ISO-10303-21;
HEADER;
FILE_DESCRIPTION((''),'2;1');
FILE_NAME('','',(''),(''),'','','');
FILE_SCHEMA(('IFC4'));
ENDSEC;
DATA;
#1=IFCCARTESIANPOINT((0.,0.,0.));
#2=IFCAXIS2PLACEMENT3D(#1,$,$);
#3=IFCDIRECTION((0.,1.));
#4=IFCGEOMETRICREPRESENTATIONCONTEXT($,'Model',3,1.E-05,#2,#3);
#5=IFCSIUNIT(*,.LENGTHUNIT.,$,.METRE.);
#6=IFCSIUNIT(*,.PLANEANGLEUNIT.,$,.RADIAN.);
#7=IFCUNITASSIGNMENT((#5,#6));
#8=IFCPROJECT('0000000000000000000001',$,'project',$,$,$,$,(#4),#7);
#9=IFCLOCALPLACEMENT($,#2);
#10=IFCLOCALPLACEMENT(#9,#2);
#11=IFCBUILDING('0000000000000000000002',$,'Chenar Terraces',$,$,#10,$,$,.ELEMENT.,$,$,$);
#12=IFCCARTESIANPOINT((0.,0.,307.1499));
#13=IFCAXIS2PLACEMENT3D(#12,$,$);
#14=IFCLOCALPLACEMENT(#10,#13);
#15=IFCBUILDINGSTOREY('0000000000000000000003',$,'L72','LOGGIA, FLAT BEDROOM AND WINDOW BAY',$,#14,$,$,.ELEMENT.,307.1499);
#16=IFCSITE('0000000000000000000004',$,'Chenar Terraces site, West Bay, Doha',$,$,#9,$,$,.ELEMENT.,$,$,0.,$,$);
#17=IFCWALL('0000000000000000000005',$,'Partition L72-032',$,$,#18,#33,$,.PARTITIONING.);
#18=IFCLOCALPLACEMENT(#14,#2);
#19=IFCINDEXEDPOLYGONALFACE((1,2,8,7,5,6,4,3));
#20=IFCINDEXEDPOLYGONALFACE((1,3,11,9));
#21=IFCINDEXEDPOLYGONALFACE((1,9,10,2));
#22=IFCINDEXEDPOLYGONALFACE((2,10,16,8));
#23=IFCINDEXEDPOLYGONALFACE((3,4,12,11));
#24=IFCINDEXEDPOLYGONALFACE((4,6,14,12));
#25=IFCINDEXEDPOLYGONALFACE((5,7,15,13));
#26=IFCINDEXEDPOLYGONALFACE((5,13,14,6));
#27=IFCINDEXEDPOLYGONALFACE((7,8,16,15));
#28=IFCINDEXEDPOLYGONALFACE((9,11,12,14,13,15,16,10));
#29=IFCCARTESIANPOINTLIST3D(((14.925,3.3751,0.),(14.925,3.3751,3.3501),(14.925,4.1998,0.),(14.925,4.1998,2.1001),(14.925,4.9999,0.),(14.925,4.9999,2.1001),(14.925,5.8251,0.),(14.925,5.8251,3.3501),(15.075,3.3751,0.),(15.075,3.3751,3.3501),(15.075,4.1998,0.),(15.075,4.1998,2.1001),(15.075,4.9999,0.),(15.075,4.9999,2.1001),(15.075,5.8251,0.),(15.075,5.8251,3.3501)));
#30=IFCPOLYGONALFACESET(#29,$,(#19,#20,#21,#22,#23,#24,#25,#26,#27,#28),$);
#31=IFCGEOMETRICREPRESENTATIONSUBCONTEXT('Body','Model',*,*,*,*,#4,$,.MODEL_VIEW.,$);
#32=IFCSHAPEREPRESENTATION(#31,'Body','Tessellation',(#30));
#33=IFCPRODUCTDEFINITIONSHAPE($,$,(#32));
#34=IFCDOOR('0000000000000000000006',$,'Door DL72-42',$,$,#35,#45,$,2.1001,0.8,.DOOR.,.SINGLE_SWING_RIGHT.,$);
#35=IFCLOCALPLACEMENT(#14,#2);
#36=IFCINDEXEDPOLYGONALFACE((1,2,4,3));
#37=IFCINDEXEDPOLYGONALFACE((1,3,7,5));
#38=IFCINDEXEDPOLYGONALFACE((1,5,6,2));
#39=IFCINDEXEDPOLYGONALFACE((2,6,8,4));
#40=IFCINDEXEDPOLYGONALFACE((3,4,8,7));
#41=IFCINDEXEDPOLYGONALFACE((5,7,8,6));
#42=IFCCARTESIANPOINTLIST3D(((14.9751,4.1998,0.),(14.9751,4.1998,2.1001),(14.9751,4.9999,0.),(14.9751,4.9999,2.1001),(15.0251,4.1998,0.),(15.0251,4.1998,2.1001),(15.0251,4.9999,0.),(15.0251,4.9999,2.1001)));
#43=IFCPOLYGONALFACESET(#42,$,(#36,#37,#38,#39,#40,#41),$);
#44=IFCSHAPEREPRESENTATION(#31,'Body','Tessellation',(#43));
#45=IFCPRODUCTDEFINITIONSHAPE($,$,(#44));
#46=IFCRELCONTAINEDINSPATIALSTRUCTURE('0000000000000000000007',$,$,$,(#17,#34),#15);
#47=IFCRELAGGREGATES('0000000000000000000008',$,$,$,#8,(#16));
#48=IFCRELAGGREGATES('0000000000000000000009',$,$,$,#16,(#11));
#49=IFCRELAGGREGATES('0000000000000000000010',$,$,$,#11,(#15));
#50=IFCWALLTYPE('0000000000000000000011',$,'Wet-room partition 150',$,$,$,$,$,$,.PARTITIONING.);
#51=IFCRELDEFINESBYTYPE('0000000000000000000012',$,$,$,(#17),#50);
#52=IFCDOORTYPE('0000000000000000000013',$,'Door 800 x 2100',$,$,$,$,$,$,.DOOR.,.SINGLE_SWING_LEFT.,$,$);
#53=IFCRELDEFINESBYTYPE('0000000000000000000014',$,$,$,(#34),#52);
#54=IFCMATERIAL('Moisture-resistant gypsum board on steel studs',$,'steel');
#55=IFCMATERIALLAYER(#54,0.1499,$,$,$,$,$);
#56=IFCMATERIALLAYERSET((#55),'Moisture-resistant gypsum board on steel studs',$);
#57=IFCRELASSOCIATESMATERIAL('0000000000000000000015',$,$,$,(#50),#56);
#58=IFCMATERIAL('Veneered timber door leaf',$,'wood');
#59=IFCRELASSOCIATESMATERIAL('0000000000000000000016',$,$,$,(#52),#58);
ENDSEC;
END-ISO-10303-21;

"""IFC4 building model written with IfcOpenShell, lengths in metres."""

from ifc_helpers import new_model, si_unit, direction, frame, frame_2d, origin, place, context, subcontext, project, spatial, rectangle, extrude, material, layer, layer_set, type_object, element, fill, save


model = new_model("IFC4")

# Units and contexts
model_context = context("Model", 3, precision=1e-05, world=origin(), true_north=direction((0.0, 1.0)))
body_context = subcontext(model_context, "Body", "Model", "MODEL_VIEW")
ifc_project = project(units=[si_unit("LENGTHUNIT", "METRE"), si_unit("PLANEANGLEUNIT", "RADIAN")], contexts=[model_context])

# Site, building, storey
site_placement = place(None, origin())
site = spatial("IfcSite", under=ifc_project, at=site_placement, Name="Chenar Terraces site, West Bay, Doha", CompositionType="ELEMENT", RefElevation=0.0)
building_placement = place(site_placement, origin())
building = spatial("IfcBuilding", under=site, at=building_placement, Name="Chenar Terraces", CompositionType="ELEMENT")
storey_placement = place(building_placement, frame((0.0, 0.0, 307.1499)))
storey = spatial("IfcBuildingStorey", under=building, at=storey_placement, Name="L72", Description="LOGGIA, FLAT BEDROOM AND WINDOW BAY", CompositionType="ELEMENT", Elevation=307.1499)

# Shared definitions
ifc_material_1 = material(Name="Moisture-resistant gypsum board on steel studs", Category="steel")
ifc_layer_1 = layer(ifc_material_1, 0.1499)
ifc_layer_set_1 = layer_set([ifc_layer_1], Name="Moisture-resistant gypsum board on steel studs")
wall_type_1 = type_object("IfcWallType", Name="Wet-room partition 150", PredefinedType="PARTITIONING", material=ifc_layer_set_1)

# Wall, opening, door
wall_1_placement = place(storey_placement, frame((15.0, 3.375, 0.0), z_axis=(0.0, 0.0, 1.0), x_axis=(0.0, 1.0, 0.0)))
wall_1 = element("IfcWall", 1, at=wall_1_placement, inside=storey, type_object=wall_type_1, Name="Partition L72-032", PredefinedType="PARTITIONING", context=body_context, shape_type="SweptSolid", body=[
    extrude(rectangle(XDim=2.45, YDim=0.1499, at=frame_2d((1.2251, 0.0))), origin(), (0.0, 0.0, 1.0), 3.3501),
])
opening_1_placement = place(wall_1_placement, frame((0.825, 0.0, 0.0)))
opening_1 = element("IfcOpeningElement", 2, at=opening_1_placement, cuts=wall_1, PredefinedType="OPENING", context=body_context, shape_type="SweptSolid", body=[
    extrude(rectangle(XDim=0.8, YDim=2.1001, at=frame_2d((0.3999, 1.05))), frame((0.0, 0.085, 0.0), z_axis=(0.0, -1.0, 0.0), x_axis=(1.0, 0.0, 0.0)), (0.0, 0.0, 1.0), 0.1699),
])
ifc_material_2 = material(Name="Veneered timber door leaf", Category="wood")
door_type_1 = type_object("IfcDoorType", Name="Door 800 x 2100", OperationType="SINGLE_SWING_LEFT", PredefinedType="DOOR", material=ifc_material_2)
door_1_placement = place(opening_1_placement, origin())
door_1 = element("IfcDoor", 3, at=door_1_placement, inside=storey, type_object=door_type_1, Name="Door DL72-42", OperationType="SINGLE_SWING_RIGHT", OverallHeight=2.1001, OverallWidth=0.8, PredefinedType="DOOR", context=body_context, shape_type="SweptSolid", body=[
    extrude(rectangle(XDim=0.8, YDim=2.1001, at=frame_2d((0.3999, 1.05))), frame((0.0, 0.0249, 0.0), z_axis=(0.0, -1.0, 0.0), x_axis=(1.0, 0.0, 0.0)), (0.0, 0.0, 1.0), 0.05),
])
fill(opening_1, door_1)

save(model, "model.ifc")
